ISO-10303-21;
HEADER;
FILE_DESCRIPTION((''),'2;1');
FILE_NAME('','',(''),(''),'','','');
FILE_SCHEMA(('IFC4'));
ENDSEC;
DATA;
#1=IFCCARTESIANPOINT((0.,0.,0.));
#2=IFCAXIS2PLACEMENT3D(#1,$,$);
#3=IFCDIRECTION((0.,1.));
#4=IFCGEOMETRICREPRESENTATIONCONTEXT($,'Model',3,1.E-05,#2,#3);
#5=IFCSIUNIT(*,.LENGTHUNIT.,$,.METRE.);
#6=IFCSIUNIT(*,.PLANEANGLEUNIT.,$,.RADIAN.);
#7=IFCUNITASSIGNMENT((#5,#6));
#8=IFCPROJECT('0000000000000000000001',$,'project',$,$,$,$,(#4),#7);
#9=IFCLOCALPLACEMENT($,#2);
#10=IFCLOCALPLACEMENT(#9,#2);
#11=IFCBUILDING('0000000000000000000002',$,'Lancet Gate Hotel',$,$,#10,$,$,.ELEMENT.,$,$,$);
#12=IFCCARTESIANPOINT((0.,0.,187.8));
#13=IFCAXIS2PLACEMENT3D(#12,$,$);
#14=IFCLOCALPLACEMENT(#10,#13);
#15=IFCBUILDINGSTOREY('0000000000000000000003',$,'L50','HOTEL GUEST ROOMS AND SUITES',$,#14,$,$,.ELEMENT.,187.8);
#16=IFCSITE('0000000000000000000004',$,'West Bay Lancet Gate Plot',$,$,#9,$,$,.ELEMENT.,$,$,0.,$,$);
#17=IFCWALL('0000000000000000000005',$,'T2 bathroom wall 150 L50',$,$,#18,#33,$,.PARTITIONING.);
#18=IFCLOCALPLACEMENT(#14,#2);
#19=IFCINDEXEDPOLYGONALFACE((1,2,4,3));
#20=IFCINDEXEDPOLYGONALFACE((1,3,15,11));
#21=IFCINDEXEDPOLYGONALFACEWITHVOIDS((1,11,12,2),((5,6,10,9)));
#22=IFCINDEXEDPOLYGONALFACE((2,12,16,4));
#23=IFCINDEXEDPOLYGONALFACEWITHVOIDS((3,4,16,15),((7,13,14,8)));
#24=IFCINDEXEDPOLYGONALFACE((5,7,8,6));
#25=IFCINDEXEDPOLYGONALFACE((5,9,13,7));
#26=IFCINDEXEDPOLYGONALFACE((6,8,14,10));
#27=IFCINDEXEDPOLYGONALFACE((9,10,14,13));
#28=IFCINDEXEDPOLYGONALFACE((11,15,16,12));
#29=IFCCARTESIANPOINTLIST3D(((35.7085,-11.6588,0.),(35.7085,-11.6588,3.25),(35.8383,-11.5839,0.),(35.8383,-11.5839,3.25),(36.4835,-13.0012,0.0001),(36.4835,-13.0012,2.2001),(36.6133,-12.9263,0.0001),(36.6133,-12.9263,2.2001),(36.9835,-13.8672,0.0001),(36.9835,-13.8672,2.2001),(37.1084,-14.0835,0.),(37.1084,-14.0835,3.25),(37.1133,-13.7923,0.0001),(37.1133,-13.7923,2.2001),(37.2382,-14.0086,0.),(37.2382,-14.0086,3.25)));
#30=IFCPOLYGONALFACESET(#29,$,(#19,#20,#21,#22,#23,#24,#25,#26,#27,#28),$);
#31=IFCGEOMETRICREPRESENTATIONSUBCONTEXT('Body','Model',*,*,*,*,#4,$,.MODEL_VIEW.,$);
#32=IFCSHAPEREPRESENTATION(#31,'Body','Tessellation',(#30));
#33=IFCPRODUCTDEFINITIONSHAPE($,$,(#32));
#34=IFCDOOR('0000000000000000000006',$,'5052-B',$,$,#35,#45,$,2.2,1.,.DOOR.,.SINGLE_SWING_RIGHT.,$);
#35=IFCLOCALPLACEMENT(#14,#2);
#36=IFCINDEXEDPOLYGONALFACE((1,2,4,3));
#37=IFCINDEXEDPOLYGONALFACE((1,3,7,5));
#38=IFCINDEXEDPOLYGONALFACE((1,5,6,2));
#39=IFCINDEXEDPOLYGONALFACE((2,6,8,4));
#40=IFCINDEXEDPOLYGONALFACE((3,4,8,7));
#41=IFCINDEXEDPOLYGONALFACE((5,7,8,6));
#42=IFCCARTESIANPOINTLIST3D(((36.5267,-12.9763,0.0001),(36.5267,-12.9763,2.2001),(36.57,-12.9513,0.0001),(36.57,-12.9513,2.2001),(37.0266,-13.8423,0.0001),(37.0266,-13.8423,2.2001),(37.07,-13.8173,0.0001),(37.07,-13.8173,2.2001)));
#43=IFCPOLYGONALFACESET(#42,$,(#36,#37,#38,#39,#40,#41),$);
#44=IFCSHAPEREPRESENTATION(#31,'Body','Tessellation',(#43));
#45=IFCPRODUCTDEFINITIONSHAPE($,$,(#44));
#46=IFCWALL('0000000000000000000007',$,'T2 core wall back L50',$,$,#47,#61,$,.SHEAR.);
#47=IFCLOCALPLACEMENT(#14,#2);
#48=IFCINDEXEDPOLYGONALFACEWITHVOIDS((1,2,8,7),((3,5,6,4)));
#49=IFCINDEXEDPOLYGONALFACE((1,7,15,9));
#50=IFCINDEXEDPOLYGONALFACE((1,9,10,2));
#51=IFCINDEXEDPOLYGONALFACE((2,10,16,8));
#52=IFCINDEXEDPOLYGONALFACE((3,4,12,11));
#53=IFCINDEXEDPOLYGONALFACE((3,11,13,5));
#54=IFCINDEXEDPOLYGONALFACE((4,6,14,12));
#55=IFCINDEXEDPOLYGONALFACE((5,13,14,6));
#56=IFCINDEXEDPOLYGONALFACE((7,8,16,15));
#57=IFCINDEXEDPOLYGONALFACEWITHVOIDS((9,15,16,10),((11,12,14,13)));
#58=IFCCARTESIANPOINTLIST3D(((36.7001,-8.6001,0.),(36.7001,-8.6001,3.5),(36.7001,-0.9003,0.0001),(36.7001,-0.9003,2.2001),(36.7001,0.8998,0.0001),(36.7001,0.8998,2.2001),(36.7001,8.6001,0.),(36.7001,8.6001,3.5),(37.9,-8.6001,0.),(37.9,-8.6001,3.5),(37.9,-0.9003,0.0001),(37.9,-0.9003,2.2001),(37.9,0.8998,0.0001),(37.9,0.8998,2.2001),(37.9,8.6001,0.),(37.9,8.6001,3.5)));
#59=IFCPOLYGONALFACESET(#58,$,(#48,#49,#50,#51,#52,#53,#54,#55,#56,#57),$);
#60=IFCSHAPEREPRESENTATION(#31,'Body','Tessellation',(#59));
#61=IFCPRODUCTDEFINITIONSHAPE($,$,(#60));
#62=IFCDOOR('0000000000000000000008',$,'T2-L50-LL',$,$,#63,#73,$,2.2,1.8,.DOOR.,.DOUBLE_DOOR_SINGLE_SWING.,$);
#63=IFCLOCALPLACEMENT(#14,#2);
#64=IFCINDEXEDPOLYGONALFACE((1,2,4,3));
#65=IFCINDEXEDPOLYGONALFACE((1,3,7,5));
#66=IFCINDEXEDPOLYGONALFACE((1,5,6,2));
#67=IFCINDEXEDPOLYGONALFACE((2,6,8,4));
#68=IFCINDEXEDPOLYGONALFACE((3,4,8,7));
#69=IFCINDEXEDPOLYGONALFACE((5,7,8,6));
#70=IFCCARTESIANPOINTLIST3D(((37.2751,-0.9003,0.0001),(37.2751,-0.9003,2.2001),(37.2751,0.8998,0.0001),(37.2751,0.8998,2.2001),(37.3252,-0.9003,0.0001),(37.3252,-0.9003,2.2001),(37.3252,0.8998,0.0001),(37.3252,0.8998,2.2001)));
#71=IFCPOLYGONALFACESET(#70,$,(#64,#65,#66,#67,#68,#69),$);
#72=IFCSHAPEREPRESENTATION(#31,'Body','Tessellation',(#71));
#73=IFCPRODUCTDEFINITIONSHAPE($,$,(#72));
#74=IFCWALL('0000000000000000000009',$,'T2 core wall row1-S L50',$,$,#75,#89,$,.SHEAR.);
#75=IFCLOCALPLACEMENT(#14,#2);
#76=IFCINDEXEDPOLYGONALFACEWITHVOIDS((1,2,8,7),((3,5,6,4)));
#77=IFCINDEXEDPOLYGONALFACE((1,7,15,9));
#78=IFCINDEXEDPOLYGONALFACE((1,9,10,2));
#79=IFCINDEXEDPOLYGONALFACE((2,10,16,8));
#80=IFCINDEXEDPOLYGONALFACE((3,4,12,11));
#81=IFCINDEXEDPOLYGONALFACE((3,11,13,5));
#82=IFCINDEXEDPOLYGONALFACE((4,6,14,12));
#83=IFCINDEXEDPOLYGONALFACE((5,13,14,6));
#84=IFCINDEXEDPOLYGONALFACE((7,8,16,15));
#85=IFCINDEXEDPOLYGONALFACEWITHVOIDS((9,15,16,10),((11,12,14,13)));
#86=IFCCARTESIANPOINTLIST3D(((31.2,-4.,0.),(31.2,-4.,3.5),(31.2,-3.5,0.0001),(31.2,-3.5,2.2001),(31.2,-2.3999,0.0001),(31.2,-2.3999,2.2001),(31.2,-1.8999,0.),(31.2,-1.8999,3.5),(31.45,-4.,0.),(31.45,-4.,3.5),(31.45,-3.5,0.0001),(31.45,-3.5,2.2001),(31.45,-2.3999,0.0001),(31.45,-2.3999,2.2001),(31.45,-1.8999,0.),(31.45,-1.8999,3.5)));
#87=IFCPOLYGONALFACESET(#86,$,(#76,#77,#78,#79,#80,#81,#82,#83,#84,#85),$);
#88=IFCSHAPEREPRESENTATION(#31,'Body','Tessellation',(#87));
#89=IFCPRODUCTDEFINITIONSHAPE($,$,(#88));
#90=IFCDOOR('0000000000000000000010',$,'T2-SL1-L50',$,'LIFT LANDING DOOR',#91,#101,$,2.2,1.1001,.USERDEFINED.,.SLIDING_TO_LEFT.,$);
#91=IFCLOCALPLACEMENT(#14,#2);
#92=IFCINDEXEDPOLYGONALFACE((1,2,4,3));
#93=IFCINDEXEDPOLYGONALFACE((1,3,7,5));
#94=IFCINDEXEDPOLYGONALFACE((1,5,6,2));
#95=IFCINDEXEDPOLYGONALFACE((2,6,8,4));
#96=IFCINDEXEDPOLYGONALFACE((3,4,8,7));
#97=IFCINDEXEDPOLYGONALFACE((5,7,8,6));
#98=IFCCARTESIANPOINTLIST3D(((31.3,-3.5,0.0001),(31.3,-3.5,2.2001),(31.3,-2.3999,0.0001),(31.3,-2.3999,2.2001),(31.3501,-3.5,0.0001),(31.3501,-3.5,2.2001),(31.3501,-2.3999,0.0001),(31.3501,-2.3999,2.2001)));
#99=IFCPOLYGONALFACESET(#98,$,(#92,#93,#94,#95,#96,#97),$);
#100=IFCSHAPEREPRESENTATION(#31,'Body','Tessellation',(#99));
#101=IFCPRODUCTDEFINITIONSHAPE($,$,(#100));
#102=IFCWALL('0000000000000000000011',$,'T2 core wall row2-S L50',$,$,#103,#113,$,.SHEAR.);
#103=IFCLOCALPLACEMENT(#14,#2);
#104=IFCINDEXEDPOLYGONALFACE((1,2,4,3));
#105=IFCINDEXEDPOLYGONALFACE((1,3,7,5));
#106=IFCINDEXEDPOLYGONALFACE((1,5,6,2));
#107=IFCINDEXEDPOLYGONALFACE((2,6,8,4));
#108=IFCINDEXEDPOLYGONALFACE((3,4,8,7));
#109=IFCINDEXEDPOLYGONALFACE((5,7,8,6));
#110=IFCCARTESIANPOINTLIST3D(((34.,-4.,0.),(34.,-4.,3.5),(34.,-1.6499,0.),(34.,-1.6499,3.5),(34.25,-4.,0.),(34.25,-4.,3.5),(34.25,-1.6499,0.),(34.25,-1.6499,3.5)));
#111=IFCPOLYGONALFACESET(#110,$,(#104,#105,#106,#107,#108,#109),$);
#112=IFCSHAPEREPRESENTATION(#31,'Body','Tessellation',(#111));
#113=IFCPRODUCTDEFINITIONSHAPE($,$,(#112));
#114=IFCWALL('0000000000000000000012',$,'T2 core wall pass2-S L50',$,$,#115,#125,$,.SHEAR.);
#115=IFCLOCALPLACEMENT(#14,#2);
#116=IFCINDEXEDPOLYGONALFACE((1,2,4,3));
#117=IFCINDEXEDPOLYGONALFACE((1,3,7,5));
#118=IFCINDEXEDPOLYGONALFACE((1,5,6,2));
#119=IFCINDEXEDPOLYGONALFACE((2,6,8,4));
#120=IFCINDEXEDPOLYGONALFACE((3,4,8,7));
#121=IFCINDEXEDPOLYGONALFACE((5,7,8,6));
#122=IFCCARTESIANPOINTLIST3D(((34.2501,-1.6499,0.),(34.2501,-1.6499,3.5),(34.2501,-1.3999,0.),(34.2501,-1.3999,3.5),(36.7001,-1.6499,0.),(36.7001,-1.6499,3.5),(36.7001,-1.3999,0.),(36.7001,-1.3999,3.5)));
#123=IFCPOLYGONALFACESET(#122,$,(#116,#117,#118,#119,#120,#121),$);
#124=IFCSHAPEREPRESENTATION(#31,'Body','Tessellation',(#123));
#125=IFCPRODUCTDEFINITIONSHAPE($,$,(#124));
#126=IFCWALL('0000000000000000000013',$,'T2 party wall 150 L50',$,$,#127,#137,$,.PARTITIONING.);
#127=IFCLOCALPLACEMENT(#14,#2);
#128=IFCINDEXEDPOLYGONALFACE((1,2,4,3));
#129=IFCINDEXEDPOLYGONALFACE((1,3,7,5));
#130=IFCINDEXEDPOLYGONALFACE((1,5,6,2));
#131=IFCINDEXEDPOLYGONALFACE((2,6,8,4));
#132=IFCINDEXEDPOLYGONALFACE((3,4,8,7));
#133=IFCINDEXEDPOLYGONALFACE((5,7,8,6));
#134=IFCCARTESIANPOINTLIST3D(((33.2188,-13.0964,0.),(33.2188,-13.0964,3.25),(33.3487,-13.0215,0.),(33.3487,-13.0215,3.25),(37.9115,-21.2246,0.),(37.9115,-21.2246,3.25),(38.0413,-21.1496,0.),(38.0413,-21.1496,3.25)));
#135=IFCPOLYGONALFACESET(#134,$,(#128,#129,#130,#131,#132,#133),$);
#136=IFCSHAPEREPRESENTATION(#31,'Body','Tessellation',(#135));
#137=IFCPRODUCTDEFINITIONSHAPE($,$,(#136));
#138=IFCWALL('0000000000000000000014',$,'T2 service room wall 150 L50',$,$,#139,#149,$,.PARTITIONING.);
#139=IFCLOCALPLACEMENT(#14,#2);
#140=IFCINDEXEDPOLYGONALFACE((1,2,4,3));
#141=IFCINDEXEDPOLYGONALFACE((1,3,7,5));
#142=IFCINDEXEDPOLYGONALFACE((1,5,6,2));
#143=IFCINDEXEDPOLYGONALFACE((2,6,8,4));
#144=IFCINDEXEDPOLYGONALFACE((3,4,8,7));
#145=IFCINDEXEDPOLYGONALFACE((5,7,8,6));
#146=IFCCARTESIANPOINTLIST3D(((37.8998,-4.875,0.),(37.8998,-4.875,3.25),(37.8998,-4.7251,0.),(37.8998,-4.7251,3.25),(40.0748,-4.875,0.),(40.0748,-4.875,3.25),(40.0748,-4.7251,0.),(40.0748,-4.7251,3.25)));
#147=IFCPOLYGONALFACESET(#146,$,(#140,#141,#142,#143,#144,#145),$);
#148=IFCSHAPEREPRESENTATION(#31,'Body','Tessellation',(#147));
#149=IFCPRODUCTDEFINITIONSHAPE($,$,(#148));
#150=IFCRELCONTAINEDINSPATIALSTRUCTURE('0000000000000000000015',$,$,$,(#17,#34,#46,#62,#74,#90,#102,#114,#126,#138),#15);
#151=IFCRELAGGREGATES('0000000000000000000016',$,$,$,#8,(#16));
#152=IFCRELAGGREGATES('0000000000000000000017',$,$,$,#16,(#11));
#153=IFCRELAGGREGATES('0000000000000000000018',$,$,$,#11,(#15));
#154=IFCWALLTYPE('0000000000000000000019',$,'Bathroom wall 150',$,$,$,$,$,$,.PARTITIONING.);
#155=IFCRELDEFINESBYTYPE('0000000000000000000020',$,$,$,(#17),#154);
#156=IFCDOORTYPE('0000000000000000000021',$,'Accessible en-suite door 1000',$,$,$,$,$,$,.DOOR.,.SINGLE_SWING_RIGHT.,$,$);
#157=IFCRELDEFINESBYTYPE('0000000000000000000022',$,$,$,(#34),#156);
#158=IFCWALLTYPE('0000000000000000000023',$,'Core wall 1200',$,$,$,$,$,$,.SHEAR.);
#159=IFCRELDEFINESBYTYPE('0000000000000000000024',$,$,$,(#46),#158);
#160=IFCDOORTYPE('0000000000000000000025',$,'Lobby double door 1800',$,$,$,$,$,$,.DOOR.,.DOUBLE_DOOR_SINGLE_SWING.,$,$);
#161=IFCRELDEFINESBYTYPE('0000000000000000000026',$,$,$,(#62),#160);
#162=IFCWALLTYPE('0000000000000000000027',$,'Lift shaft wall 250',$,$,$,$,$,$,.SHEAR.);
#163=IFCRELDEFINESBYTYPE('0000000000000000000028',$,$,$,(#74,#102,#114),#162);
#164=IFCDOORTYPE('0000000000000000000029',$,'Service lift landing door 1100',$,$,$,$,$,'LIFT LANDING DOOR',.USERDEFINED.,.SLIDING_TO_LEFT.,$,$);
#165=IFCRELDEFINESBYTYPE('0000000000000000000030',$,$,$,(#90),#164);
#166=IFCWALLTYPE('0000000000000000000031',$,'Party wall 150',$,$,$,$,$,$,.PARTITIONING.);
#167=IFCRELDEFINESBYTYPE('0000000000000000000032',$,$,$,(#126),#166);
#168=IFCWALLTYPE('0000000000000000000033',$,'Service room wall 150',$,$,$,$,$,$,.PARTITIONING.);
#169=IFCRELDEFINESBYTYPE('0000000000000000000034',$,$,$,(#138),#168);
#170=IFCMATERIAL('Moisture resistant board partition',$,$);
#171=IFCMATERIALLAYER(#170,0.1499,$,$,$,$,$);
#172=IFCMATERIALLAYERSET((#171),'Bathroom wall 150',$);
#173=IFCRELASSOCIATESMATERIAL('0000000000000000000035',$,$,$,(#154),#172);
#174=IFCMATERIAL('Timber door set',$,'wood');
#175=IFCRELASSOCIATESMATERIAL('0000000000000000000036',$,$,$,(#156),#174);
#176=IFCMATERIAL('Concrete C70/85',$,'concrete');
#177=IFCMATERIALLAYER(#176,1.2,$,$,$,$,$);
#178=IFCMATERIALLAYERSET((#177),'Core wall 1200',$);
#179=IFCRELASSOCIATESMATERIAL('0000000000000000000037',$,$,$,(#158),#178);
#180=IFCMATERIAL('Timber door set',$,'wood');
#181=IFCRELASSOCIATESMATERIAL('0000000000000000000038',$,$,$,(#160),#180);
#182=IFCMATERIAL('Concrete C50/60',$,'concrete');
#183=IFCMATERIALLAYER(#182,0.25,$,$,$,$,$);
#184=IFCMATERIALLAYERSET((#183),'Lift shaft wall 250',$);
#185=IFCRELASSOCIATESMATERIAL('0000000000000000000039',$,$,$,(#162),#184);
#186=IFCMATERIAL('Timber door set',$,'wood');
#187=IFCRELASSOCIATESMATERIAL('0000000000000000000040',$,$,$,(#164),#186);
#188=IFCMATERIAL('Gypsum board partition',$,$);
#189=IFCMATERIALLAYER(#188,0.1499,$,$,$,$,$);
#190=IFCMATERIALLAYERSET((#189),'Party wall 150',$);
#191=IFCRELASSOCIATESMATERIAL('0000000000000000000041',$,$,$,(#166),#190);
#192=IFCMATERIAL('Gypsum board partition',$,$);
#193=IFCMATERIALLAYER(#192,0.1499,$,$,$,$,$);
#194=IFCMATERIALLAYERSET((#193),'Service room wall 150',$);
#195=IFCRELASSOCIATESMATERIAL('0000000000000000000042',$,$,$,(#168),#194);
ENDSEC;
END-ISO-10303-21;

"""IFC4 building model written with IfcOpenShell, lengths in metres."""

from ifc_helpers import new_model, si_unit, direction, frame, frame_2d, origin, place, context, subcontext, project, spatial, rectangle, extrude, material, layer, layer_set, type_object, element, fill, save


model = new_model("IFC4")

# Units and contexts
model_context = context("Model", 3, precision=1e-05, world=origin(), true_north=direction((0.0, 1.0)))
body_context = subcontext(model_context, "Body", "Model", "MODEL_VIEW")
ifc_project = project(units=[si_unit("LENGTHUNIT", "METRE"), si_unit("PLANEANGLEUNIT", "RADIAN")], contexts=[model_context])

# Site, building, storey
site_placement = place(None, origin())
site = spatial("IfcSite", under=ifc_project, at=site_placement, Name="West Bay Lancet Gate Plot", CompositionType="ELEMENT", RefElevation=0.0)
building_placement = place(site_placement, origin())
building = spatial("IfcBuilding", under=site, at=building_placement, Name="Lancet Gate Hotel", CompositionType="ELEMENT")
storey_placement = place(building_placement, frame((0.0, 0.0, 187.8)))
storey = spatial("IfcBuildingStorey", under=building, at=storey_placement, Name="L50", Description="HOTEL GUEST ROOMS AND SUITES", CompositionType="ELEMENT", Elevation=187.8)

# Walls, openings, doors
ifc_material_1 = material(Name="Moisture resistant board partition")
ifc_layer_1 = layer(ifc_material_1, 0.1499)
ifc_layer_set_1 = layer_set([ifc_layer_1], Name="Bathroom wall 150")
wall_type_1 = type_object("IfcWallType", Name="Bathroom wall 150", PredefinedType="PARTITIONING", material=ifc_layer_set_1)
wall_1_placement = place(storey_placement, frame((35.7734, -11.6213, 0.0), z_axis=(0.0, 0.0, 1.0), x_axis=(0.499984, -0.866035, 0.0)))
wall_1 = element("IfcWall", 1, at=wall_1_placement, inside=storey, type_object=wall_type_1, Name="T2 bathroom wall 150 L50", PredefinedType="PARTITIONING", context=body_context, shape_type="SweptSolid", body=[
    extrude(rectangle(XDim=2.7998, YDim=0.1499, at=frame_2d((1.3999, 0.0))), origin(), (0.0, 0.0, 1.0), 3.25),
])
opening_1_placement = place(wall_1_placement, frame((1.55, 0.0, 0.0)))
opening_1 = element("IfcOpeningElement", 2, at=opening_1_placement, cuts=wall_1, PredefinedType="OPENING", context=body_context, shape_type="SweptSolid", body=[
    extrude(rectangle(XDim=1.0, YDim=2.2, at=frame_2d((0.5, 1.1001))), frame((0.0, 0.085, 0.0), z_axis=(0.0, -1.0, 0.0), x_axis=(1.0, 0.0, 0.0)), (0.0, 0.0, 1.0), 0.1699),
])
ifc_material_2 = material(Name="Timber door set", Category="wood")
door_type_1 = type_object("IfcDoorType", Name="Accessible en-suite door 1000", OperationType="SINGLE_SWING_RIGHT", PredefinedType="DOOR", material=ifc_material_2)
door_1_placement = place(opening_1_placement, origin())
door_1 = element("IfcDoor", 3, at=door_1_placement, inside=storey, type_object=door_type_1, Name="5052-B", OperationType="SINGLE_SWING_RIGHT", OverallHeight=2.2, OverallWidth=1.0, PredefinedType="DOOR", context=body_context, shape_type="SweptSolid", body=[
    extrude(rectangle(XDim=1.0, YDim=2.2, at=frame_2d((0.5, 1.1001))), frame((0.0, 0.0249, 0.0), z_axis=(0.0, -1.0, 0.0), x_axis=(1.0, 0.0, 0.0)), (0.0, 0.0, 1.0), 0.05),
])
fill(opening_1, door_1)
ifc_material_3 = material(Name="Concrete C70/85", Category="concrete")
ifc_layer_2 = layer(ifc_material_3, 1.2)
ifc_layer_set_2 = layer_set([ifc_layer_2], Name="Core wall 1200")
wall_type_2 = type_object("IfcWallType", Name="Core wall 1200", PredefinedType="SHEAR", material=ifc_layer_set_2)
wall_2_placement = place(storey_placement, frame((37.3, -8.6001, 0.0), z_axis=(0.0, 0.0, 1.0), x_axis=(0.0, 1.0, 0.0)))
wall_2 = element("IfcWall", 4, at=wall_2_placement, inside=storey, type_object=wall_type_2, Name="T2 core wall back L50", PredefinedType="SHEAR", context=body_context, shape_type="SweptSolid", body=[
    extrude(rectangle(XDim=17.2002, YDim=1.2, at=frame_2d((8.6001, 0.0))), origin(), (0.0, 0.0, 1.0), 3.5),
])
opening_2_placement = place(wall_2_placement, frame((7.7, 0.0, 0.0)))
opening_2 = element("IfcOpeningElement", 5, at=opening_2_placement, cuts=wall_2, PredefinedType="OPENING", context=body_context, shape_type="SweptSolid", body=[
    extrude(rectangle(XDim=1.8, YDim=2.2, at=frame_2d((0.8999, 1.1001))), frame((0.0, 0.6099, 0.0), z_axis=(0.0, -1.0, 0.0), x_axis=(1.0, 0.0, 0.0)), (0.0, 0.0, 1.0), 1.22),
])
ifc_material_4 = material(Name="Timber door set", Category="wood")
door_type_2 = type_object("IfcDoorType", Name="Lobby double door 1800", OperationType="DOUBLE_DOOR_SINGLE_SWING", PredefinedType="DOOR", material=ifc_material_4)
door_2_placement = place(opening_2_placement, origin())
door_2 = element("IfcDoor", 6, at=door_2_placement, inside=storey, type_object=door_type_2, Name="T2-L50-LL", OperationType="DOUBLE_DOOR_SINGLE_SWING", OverallHeight=2.2, OverallWidth=1.8, PredefinedType="DOOR", context=body_context, shape_type="SweptSolid", body=[
    extrude(rectangle(XDim=1.8, YDim=2.2, at=frame_2d((0.8999, 1.1001))), frame((0.0, 0.0249, 0.0), z_axis=(0.0, -1.0, 0.0), x_axis=(1.0, 0.0, 0.0)), (0.0, 0.0, 1.0), 0.05),
])
fill(opening_2, door_2)
ifc_material_5 = material(Name="Concrete C50/60", Category="concrete")
ifc_layer_3 = layer(ifc_material_5, 0.25)
ifc_layer_set_3 = layer_set([ifc_layer_3], Name="Lift shaft wall 250")
wall_type_3 = type_object("IfcWallType", Name="Lift shaft wall 250", PredefinedType="SHEAR", material=ifc_layer_set_3)
wall_3_placement = place(storey_placement, frame((31.325, -4.0, 0.0), z_axis=(0.0, 0.0, 1.0), x_axis=(0.0, 1.0, 0.0)))
wall_3 = element("IfcWall", 7, at=wall_3_placement, inside=storey, type_object=wall_type_3, Name="T2 core wall row1-S L50", PredefinedType="SHEAR", context=body_context, shape_type="SweptSolid", body=[
    extrude(rectangle(XDim=2.1001, YDim=0.25, at=frame_2d((1.05, 0.0))), origin(), (0.0, 0.0, 1.0), 3.5),
])
opening_3_placement = place(wall_3_placement, frame((0.5, 0.0, 0.0)))
opening_3 = element("IfcOpeningElement", 8, at=opening_3_placement, cuts=wall_3, PredefinedType="OPENING", context=body_context, shape_type="SweptSolid", body=[
    extrude(rectangle(XDim=1.1001, YDim=2.2, at=frame_2d((0.55, 1.1001))), frame((0.0, 0.135, 0.0), z_axis=(0.0, -1.0, 0.0), x_axis=(1.0, 0.0, 0.0)), (0.0, 0.0, 1.0), 0.27),
])
ifc_material_6 = material(Name="Timber door set", Category="wood")
door_type_3 = type_object("IfcDoorType", Name="Service lift landing door 1100", ElementType="LIFT LANDING DOOR", OperationType="SLIDING_TO_LEFT", PredefinedType="USERDEFINED", material=ifc_material_6)
door_3_placement = place(opening_3_placement, origin())
door_3 = element("IfcDoor", 9, at=door_3_placement, inside=storey, type_object=door_type_3, Name="T2-SL1-L50", ObjectType="LIFT LANDING DOOR", OperationType="SLIDING_TO_LEFT", OverallHeight=2.2, OverallWidth=1.1001, PredefinedType="USERDEFINED", context=body_context, shape_type="SweptSolid", body=[
    extrude(rectangle(XDim=1.1001, YDim=2.2, at=frame_2d((0.55, 1.1001))), frame((0.0, 0.0249, 0.0), z_axis=(0.0, -1.0, 0.0), x_axis=(1.0, 0.0, 0.0)), (0.0, 0.0, 1.0), 0.05),
])
fill(opening_3, door_3)

# Walls
wall_4_placement = place(storey_placement, frame((34.125, -4.0, 0.0), z_axis=(0.0, 0.0, 1.0), x_axis=(0.0, 1.0, 0.0)))
element("IfcWall", 10, at=wall_4_placement, inside=storey, type_object=wall_type_3, Name="T2 core wall row2-S L50", PredefinedType="SHEAR", context=body_context, shape_type="SweptSolid", body=[
    extrude(rectangle(XDim=2.3501, YDim=0.25, at=frame_2d((1.175, 0.0))), origin(), (0.0, 0.0, 1.0), 3.5),
])
wall_5_placement = place(storey_placement, frame((34.25, -1.5249, 0.0), z_axis=(0.0, 0.0, 1.0), x_axis=(1.0, 0.0, 0.0)))
element("IfcWall", 11, at=wall_5_placement, inside=storey, type_object=wall_type_3, Name="T2 core wall pass2-S L50", PredefinedType="SHEAR", context=body_context, shape_type="SweptSolid", body=[
    extrude(rectangle(XDim=2.45, YDim=0.25, at=frame_2d((1.2251, 0.0))), origin(), (0.0, 0.0, 1.0), 3.5),
])
ifc_material_7 = material(Name="Gypsum board partition")
ifc_layer_4 = layer(ifc_material_7, 0.1499)
ifc_layer_set_4 = layer_set([ifc_layer_4], Name="Party wall 150")
wall_type_4 = type_object("IfcWallType", Name="Party wall 150", PredefinedType="PARTITIONING", material=ifc_layer_set_4)
wall_6_placement = place(storey_placement, frame((33.2837, -13.0588, 0.0), z_axis=(0.0, 0.0, 1.0), x_axis=(0.499986, -0.866034, 0.0)))
element("IfcWall", 12, at=wall_6_placement, inside=storey, type_object=wall_type_4, Name="T2 party wall 150 L50", PredefinedType="PARTITIONING", context=body_context, shape_type="SweptSolid", body=[
    extrude(rectangle(XDim=9.3855, YDim=0.1499, at=frame_2d((4.6929, 0.0))), origin(), (0.0, 0.0, 1.0), 3.25),
])
ifc_material_8 = material(Name="Gypsum board partition")
ifc_layer_5 = layer(ifc_material_8, 0.1499)
ifc_layer_set_5 = layer_set([ifc_layer_5], Name="Service room wall 150")
wall_type_5 = type_object("IfcWallType", Name="Service room wall 150", PredefinedType="PARTITIONING", material=ifc_layer_set_5)
wall_7_placement = place(storey_placement, frame((37.8999, -4.8, 0.0), z_axis=(0.0, 0.0, 1.0), x_axis=(1.0, 0.0, 0.0)))
element("IfcWall", 13, at=wall_7_placement, inside=storey, type_object=wall_type_5, Name="T2 service room wall 150 L50", PredefinedType="PARTITIONING", context=body_context, shape_type="SweptSolid", body=[
    extrude(rectangle(XDim=2.175, YDim=0.1499, at=frame_2d((1.0874, 0.0))), origin(), (0.0, 0.0, 1.0), 3.25),
])

save(model, "model.ifc")
